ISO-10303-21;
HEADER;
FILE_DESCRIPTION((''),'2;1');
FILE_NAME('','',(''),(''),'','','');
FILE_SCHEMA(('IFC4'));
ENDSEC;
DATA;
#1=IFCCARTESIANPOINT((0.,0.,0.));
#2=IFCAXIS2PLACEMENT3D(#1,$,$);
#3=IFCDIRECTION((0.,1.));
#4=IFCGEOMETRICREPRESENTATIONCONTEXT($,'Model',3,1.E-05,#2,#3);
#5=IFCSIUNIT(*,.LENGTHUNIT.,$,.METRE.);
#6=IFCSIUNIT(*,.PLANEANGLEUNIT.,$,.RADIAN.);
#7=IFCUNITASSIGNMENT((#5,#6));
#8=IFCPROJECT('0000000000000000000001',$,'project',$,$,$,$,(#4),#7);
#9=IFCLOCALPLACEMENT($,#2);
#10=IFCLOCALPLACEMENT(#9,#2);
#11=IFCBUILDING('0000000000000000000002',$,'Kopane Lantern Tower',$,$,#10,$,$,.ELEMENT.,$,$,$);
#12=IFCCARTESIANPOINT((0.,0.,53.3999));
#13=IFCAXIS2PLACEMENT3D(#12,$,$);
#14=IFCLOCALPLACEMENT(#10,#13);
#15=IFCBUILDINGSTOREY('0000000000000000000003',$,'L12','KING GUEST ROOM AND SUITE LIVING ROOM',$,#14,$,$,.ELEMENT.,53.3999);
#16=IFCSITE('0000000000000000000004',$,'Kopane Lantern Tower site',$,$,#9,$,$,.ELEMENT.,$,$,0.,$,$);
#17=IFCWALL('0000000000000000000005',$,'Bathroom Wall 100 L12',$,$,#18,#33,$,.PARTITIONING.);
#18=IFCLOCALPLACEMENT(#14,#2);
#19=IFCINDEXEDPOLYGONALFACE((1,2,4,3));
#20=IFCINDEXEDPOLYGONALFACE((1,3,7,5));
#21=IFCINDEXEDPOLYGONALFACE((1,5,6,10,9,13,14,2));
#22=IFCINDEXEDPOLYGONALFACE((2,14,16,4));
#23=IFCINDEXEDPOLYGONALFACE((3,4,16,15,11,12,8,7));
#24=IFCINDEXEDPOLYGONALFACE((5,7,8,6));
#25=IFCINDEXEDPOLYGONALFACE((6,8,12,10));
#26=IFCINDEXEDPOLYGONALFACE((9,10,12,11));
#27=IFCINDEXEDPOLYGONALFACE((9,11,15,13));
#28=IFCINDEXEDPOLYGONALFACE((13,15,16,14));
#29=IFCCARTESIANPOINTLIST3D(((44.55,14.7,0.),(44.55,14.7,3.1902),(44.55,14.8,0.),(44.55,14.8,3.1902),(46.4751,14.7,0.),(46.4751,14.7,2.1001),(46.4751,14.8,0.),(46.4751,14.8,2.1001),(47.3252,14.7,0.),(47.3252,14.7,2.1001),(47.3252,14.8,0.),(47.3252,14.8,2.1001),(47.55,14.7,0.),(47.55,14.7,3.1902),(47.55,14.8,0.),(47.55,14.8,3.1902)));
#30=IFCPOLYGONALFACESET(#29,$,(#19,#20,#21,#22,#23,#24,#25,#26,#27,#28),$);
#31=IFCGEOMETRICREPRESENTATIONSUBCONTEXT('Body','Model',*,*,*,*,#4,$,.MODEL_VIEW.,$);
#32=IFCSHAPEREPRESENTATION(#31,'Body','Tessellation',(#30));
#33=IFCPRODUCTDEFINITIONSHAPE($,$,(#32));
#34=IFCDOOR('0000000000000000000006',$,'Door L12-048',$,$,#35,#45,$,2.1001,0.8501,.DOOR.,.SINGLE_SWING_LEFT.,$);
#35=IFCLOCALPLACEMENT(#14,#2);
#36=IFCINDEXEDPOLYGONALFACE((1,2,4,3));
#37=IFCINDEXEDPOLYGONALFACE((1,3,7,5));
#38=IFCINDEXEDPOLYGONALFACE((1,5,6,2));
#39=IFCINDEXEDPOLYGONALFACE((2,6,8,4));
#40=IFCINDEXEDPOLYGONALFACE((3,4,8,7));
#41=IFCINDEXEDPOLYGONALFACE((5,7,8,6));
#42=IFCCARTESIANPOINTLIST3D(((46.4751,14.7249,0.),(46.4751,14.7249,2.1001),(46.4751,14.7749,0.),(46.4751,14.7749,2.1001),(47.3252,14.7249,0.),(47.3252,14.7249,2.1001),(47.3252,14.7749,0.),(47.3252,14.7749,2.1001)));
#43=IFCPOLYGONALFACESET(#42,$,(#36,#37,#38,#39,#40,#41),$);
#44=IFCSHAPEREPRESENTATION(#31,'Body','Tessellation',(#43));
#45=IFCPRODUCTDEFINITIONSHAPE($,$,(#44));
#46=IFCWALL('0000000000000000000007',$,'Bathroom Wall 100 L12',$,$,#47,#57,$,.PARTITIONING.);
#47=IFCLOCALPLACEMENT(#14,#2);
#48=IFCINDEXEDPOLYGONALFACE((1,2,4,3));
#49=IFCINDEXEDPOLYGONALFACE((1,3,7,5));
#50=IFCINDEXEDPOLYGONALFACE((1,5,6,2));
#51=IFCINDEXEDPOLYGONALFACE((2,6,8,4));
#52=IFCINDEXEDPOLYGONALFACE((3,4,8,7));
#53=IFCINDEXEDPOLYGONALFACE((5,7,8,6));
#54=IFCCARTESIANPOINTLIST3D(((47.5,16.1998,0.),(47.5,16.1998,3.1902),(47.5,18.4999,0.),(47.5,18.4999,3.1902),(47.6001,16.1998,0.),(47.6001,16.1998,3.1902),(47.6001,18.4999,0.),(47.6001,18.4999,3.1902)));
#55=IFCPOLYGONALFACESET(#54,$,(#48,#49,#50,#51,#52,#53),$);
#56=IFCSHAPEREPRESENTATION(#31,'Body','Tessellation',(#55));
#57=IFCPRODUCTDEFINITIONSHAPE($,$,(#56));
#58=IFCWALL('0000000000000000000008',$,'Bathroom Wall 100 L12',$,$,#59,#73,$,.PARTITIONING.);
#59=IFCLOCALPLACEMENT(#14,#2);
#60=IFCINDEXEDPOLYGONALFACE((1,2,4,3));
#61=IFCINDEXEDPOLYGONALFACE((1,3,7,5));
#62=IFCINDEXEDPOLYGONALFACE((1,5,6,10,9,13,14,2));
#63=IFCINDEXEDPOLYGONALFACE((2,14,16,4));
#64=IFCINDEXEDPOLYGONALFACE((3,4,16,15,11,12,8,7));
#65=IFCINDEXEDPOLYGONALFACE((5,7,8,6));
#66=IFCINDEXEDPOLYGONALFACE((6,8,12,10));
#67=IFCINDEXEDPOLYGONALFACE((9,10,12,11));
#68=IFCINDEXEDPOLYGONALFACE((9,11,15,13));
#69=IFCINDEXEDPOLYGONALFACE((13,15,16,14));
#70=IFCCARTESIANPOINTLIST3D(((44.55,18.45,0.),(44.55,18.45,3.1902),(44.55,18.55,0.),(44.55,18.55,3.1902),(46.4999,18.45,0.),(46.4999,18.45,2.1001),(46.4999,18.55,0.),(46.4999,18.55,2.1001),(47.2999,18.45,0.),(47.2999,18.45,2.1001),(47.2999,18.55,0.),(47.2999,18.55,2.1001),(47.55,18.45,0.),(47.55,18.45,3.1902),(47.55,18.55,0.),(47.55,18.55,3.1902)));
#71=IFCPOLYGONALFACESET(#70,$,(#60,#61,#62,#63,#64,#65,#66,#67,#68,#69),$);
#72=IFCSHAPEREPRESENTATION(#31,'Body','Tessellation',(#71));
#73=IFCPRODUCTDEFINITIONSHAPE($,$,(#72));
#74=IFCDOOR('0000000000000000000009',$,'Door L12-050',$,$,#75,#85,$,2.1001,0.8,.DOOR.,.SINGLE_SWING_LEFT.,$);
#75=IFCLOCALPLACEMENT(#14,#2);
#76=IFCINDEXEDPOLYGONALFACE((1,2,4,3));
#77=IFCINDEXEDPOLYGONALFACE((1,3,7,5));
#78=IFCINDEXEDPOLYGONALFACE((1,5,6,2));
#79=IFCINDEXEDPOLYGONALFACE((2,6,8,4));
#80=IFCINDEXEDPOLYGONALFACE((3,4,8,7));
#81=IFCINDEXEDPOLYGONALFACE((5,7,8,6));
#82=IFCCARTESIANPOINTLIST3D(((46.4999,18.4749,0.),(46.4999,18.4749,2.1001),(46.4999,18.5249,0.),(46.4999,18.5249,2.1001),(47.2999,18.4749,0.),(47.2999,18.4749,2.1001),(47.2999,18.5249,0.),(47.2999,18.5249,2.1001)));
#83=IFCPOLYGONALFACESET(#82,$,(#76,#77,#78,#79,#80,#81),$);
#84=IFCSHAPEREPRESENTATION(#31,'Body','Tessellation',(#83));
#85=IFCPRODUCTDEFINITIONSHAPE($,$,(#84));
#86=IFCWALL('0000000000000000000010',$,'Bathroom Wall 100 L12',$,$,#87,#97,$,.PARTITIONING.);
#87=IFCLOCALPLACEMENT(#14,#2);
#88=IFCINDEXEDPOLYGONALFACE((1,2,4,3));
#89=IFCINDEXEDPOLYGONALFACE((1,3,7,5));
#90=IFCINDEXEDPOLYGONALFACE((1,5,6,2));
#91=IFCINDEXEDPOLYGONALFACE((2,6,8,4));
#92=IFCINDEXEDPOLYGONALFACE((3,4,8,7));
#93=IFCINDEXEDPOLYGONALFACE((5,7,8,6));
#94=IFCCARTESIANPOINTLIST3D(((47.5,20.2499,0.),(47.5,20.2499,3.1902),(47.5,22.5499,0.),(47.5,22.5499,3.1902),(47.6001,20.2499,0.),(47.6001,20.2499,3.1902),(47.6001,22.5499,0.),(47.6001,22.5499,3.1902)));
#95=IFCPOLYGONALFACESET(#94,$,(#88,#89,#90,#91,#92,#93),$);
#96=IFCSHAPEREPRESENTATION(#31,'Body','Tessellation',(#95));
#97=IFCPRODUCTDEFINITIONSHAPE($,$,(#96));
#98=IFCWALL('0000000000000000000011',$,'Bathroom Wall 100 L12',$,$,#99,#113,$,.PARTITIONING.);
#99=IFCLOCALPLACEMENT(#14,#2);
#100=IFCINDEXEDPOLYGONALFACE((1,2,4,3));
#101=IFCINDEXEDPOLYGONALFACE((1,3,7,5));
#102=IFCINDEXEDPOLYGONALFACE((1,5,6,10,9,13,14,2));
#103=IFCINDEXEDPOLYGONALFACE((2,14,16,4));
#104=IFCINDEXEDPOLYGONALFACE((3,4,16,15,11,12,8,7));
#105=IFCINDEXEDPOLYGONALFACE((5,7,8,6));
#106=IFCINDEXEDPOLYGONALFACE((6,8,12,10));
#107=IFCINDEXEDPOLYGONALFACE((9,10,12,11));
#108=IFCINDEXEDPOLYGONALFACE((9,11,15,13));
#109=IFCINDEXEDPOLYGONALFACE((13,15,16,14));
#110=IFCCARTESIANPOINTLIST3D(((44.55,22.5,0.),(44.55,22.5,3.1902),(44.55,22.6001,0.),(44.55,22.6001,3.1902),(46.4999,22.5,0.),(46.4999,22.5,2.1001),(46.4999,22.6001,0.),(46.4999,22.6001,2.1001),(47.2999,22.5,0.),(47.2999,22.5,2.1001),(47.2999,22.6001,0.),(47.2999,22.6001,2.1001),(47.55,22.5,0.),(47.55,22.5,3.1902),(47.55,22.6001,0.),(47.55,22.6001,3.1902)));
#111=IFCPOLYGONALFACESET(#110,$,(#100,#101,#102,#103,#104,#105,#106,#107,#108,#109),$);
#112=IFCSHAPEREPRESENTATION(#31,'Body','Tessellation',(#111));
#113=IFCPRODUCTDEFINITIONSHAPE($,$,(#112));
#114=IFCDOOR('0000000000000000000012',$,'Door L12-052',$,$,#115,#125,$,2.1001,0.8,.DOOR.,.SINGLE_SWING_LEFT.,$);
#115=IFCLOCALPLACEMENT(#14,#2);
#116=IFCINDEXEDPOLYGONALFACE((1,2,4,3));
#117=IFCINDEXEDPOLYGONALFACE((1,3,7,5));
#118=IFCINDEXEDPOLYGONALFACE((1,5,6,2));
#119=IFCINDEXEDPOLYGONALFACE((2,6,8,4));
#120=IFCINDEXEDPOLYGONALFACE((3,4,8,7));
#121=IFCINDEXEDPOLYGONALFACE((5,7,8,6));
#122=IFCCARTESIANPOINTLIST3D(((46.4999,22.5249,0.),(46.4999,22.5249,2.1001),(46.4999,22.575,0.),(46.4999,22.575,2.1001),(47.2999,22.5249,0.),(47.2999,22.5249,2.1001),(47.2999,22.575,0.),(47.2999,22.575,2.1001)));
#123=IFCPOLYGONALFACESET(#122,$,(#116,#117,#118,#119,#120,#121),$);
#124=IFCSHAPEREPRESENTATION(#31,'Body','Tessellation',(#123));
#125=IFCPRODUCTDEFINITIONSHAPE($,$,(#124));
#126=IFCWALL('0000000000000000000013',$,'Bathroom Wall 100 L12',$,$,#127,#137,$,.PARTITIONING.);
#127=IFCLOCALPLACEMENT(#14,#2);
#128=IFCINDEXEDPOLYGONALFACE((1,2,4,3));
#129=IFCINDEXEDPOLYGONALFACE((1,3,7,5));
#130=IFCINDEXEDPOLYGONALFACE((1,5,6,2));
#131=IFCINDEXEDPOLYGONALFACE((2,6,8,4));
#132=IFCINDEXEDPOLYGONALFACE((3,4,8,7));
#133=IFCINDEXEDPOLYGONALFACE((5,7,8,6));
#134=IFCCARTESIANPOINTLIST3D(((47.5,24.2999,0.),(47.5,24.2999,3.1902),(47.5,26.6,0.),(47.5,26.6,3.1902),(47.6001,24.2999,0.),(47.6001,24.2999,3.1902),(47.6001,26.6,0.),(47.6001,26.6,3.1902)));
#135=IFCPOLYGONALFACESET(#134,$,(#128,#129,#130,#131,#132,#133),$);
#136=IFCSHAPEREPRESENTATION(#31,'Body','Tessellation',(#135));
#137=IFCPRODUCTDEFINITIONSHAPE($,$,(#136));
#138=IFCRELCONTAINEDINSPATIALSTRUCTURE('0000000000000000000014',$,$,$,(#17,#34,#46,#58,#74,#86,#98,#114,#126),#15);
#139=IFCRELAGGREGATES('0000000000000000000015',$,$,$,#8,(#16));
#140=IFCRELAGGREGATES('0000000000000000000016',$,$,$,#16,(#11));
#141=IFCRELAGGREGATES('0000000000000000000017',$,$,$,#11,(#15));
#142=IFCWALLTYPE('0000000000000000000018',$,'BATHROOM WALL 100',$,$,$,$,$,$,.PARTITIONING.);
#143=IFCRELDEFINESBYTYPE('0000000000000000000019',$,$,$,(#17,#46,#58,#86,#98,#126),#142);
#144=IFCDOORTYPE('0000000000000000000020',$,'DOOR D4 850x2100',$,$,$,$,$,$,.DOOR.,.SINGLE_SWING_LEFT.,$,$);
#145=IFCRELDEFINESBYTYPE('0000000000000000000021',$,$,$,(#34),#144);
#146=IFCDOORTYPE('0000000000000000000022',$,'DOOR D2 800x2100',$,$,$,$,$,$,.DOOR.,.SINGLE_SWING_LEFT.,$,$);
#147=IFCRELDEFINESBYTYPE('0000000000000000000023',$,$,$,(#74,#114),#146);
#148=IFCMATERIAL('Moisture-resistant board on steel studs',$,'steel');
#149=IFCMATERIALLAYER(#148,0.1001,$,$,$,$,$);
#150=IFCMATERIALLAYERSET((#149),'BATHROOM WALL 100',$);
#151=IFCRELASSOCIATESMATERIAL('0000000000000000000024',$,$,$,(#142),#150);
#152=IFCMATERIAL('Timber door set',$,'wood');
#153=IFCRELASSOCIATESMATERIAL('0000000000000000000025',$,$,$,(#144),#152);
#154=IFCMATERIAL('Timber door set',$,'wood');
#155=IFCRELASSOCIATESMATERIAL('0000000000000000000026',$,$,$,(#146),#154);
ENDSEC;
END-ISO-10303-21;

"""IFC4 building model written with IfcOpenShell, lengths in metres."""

from ifc_helpers import new_model, si_unit, direction, frame, frame_2d, origin, place, context, subcontext, project, spatial, rectangle, extrude, material, layer, layer_set, type_object, element, fill, save


model = new_model("IFC4")

# Units and contexts
model_context = context("Model", 3, precision=1e-05, world=origin(), true_north=direction((0.0, 1.0)))
body_context = subcontext(model_context, "Body", "Model", "MODEL_VIEW")
ifc_project = project(units=[si_unit("LENGTHUNIT", "METRE"), si_unit("PLANEANGLEUNIT", "RADIAN")], contexts=[model_context])

# Site, building, storey
site_placement = place(None, origin())
site = spatial("IfcSite", under=ifc_project, at=site_placement, Name="Kopane Lantern Tower site", CompositionType="ELEMENT", RefElevation=0.0)
building_placement = place(site_placement, origin())
building = spatial("IfcBuilding", under=site, at=building_placement, Name="Kopane Lantern Tower", CompositionType="ELEMENT")
storey_placement = place(building_placement, frame((0.0, 0.0, 53.3999)))
storey = spatial("IfcBuildingStorey", under=building, at=storey_placement, Name="L12", Description="KING GUEST ROOM AND SUITE LIVING ROOM", CompositionType="ELEMENT", Elevation=53.3999)

# Wall, opening, door
ifc_material_1 = material(Name="Moisture-resistant board on steel studs", Category="steel")
ifc_layer_1 = layer(ifc_material_1, 0.1001)
ifc_layer_set_1 = layer_set([ifc_layer_1], Name="BATHROOM WALL 100")
wall_type_1 = type_object("IfcWallType", Name="BATHROOM WALL 100", PredefinedType="PARTITIONING", material=ifc_layer_set_1)
wall_1_placement = place(storey_placement, frame((44.55, 14.75, 0.0), z_axis=(0.0, 0.0, 1.0), x_axis=(1.0, 0.0, 0.0)))
wall_1 = element("IfcWall", 1, at=wall_1_placement, inside=storey, type_object=wall_type_1, Name="Bathroom Wall 100 L12", PredefinedType="PARTITIONING", context=body_context, shape_type="SweptSolid", body=[
    extrude(rectangle(XDim=3.0, YDim=0.1001, at=frame_2d((1.5, 0.0))), origin(), (0.0, 0.0, 1.0), 3.1902),
])
opening_1_placement = place(wall_1_placement, frame((1.925, 0.0, 0.0)))
opening_1 = element("IfcOpeningElement", 2, at=opening_1_placement, cuts=wall_1, PredefinedType="OPENING", context=body_context, shape_type="SweptSolid", body=[
    extrude(rectangle(XDim=0.8501, YDim=2.1001, at=frame_2d((0.425, 1.05))), frame((0.0, 0.0601, 0.0), z_axis=(0.0, -1.0, 0.0), x_axis=(1.0, 0.0, 0.0)), (0.0, 0.0, 1.0), 0.1201),
])
ifc_material_2 = material(Name="Timber door set", Category="wood")
door_type_1 = type_object("IfcDoorType", Name="DOOR D4 850x2100", OperationType="SINGLE_SWING_LEFT", PredefinedType="DOOR", material=ifc_material_2)
door_1_placement = place(opening_1_placement, origin())
door_1 = element("IfcDoor", 3, at=door_1_placement, inside=storey, type_object=door_type_1, Name="Door L12-048", OperationType="SINGLE_SWING_LEFT", OverallHeight=2.1001, OverallWidth=0.8501, PredefinedType="DOOR", context=body_context, shape_type="SweptSolid", body=[
    extrude(rectangle(XDim=0.8501, YDim=2.1001, at=frame_2d((0.425, 1.05))), frame((0.0, 0.0249, 0.0), z_axis=(0.0, -1.0, 0.0), x_axis=(1.0, 0.0, 0.0)), (0.0, 0.0, 1.0), 0.05),
])
fill(opening_1, door_1)

# Wall
wall_2_placement = place(storey_placement, frame((47.55, 16.2, 0.0), z_axis=(0.0, 0.0, 1.0), x_axis=(0.0, 1.0, 0.0)))
element("IfcWall", 4, at=wall_2_placement, inside=storey, type_object=wall_type_1, Name="Bathroom Wall 100 L12", PredefinedType="PARTITIONING", context=body_context, shape_type="SweptSolid", body=[
    extrude(rectangle(XDim=2.3, YDim=0.1001, at=frame_2d((1.1499, 0.0))), origin(), (0.0, 0.0, 1.0), 3.1902),
])

# Wall, opening, door
wall_3_placement = place(storey_placement, frame((44.55, 18.5, 0.0), z_axis=(0.0, 0.0, 1.0), x_axis=(1.0, 0.0, 0.0)))
wall_3 = element("IfcWall", 5, at=wall_3_placement, inside=storey, type_object=wall_type_1, Name="Bathroom Wall 100 L12", PredefinedType="PARTITIONING", context=body_context, shape_type="SweptSolid", body=[
    extrude(rectangle(XDim=3.0, YDim=0.1001, at=frame_2d((1.5, 0.0))), origin(), (0.0, 0.0, 1.0), 3.1902),
])
opening_2_placement = place(wall_3_placement, frame((1.95, 0.0, 0.0)))
opening_2 = element("IfcOpeningElement", 6, at=opening_2_placement, cuts=wall_3, PredefinedType="OPENING", context=body_context, shape_type="SweptSolid", body=[
    extrude(rectangle(XDim=0.8, YDim=2.1001, at=frame_2d((0.3999, 1.05))), frame((0.0, 0.0601, 0.0), z_axis=(0.0, -1.0, 0.0), x_axis=(1.0, 0.0, 0.0)), (0.0, 0.0, 1.0), 0.1201),
])
ifc_material_3 = material(Name="Timber door set", Category="wood")
door_type_2 = type_object("IfcDoorType", Name="DOOR D2 800x2100", OperationType="SINGLE_SWING_LEFT", PredefinedType="DOOR", material=ifc_material_3)
door_2_placement = place(opening_2_placement, origin())
door_2 = element("IfcDoor", 7, at=door_2_placement, inside=storey, type_object=door_type_2, Name="Door L12-050", OperationType="SINGLE_SWING_LEFT", OverallHeight=2.1001, OverallWidth=0.8, PredefinedType="DOOR", context=body_context, shape_type="SweptSolid", body=[
    extrude(rectangle(XDim=0.8, YDim=2.1001, at=frame_2d((0.3999, 1.05))), frame((0.0, 0.0249, 0.0), z_axis=(0.0, -1.0, 0.0), x_axis=(1.0, 0.0, 0.0)), (0.0, 0.0, 1.0), 0.05),
])
fill(opening_2, door_2)

# Wall
wall_4_placement = place(storey_placement, frame((47.55, 20.25, 0.0), z_axis=(0.0, 0.0, 1.0), x_axis=(0.0, 1.0, 0.0)))
element("IfcWall", 8, at=wall_4_placement, inside=storey, type_object=wall_type_1, Name="Bathroom Wall 100 L12", PredefinedType="PARTITIONING", context=body_context, shape_type="SweptSolid", body=[
    extrude(rectangle(XDim=2.3, YDim=0.1001, at=frame_2d((1.1499, 0.0))), origin(), (0.0, 0.0, 1.0), 3.1902),
])

# Wall, opening, door
wall_5_placement = place(storey_placement, frame((44.55, 22.55, 0.0), z_axis=(0.0, 0.0, 1.0), x_axis=(1.0, 0.0, 0.0)))
wall_5 = element("IfcWall", 9, at=wall_5_placement, inside=storey, type_object=wall_type_1, Name="Bathroom Wall 100 L12", PredefinedType="PARTITIONING", context=body_context, shape_type="SweptSolid", body=[
    extrude(rectangle(XDim=3.0, YDim=0.1001, at=frame_2d((1.5, 0.0))), origin(), (0.0, 0.0, 1.0), 3.1902),
])
opening_3_placement = place(wall_5_placement, frame((1.95, 0.0, 0.0)))
opening_3 = element("IfcOpeningElement", 10, at=opening_3_placement, cuts=wall_5, PredefinedType="OPENING", context=body_context, shape_type="SweptSolid", body=[
    extrude(rectangle(XDim=0.8, YDim=2.1001, at=frame_2d((0.3999, 1.05))), frame((0.0, 0.0601, 0.0), z_axis=(0.0, -1.0, 0.0), x_axis=(1.0, 0.0, 0.0)), (0.0, 0.0, 1.0), 0.1201),
])
door_3_placement = place(opening_3_placement, origin())
door_3 = element("IfcDoor", 11, at=door_3_placement, inside=storey, type_object=door_type_2, Name="Door L12-052", OperationType="SINGLE_SWING_LEFT", OverallHeight=2.1001, OverallWidth=0.8, PredefinedType="DOOR", context=body_context, shape_type="SweptSolid", body=[
    extrude(rectangle(XDim=0.8, YDim=2.1001, at=frame_2d((0.3999, 1.05))), frame((0.0, 0.0249, 0.0), z_axis=(0.0, -1.0, 0.0), x_axis=(1.0, 0.0, 0.0)), (0.0, 0.0, 1.0), 0.05),
])
fill(opening_3, door_3)

# Wall
wall_6_placement = place(storey_placement, frame((47.55, 24.3, 0.0), z_axis=(0.0, 0.0, 1.0), x_axis=(0.0, 1.0, 0.0)))
element("IfcWall", 12, at=wall_6_placement, inside=storey, type_object=wall_type_1, Name="Bathroom Wall 100 L12", PredefinedType="PARTITIONING", context=body_context, shape_type="SweptSolid", body=[
    extrude(rectangle(XDim=2.3, YDim=0.1001, at=frame_2d((1.1499, 0.0))), origin(), (0.0, 0.0, 1.0), 3.1902),
])

save(model, "model.ifc")
